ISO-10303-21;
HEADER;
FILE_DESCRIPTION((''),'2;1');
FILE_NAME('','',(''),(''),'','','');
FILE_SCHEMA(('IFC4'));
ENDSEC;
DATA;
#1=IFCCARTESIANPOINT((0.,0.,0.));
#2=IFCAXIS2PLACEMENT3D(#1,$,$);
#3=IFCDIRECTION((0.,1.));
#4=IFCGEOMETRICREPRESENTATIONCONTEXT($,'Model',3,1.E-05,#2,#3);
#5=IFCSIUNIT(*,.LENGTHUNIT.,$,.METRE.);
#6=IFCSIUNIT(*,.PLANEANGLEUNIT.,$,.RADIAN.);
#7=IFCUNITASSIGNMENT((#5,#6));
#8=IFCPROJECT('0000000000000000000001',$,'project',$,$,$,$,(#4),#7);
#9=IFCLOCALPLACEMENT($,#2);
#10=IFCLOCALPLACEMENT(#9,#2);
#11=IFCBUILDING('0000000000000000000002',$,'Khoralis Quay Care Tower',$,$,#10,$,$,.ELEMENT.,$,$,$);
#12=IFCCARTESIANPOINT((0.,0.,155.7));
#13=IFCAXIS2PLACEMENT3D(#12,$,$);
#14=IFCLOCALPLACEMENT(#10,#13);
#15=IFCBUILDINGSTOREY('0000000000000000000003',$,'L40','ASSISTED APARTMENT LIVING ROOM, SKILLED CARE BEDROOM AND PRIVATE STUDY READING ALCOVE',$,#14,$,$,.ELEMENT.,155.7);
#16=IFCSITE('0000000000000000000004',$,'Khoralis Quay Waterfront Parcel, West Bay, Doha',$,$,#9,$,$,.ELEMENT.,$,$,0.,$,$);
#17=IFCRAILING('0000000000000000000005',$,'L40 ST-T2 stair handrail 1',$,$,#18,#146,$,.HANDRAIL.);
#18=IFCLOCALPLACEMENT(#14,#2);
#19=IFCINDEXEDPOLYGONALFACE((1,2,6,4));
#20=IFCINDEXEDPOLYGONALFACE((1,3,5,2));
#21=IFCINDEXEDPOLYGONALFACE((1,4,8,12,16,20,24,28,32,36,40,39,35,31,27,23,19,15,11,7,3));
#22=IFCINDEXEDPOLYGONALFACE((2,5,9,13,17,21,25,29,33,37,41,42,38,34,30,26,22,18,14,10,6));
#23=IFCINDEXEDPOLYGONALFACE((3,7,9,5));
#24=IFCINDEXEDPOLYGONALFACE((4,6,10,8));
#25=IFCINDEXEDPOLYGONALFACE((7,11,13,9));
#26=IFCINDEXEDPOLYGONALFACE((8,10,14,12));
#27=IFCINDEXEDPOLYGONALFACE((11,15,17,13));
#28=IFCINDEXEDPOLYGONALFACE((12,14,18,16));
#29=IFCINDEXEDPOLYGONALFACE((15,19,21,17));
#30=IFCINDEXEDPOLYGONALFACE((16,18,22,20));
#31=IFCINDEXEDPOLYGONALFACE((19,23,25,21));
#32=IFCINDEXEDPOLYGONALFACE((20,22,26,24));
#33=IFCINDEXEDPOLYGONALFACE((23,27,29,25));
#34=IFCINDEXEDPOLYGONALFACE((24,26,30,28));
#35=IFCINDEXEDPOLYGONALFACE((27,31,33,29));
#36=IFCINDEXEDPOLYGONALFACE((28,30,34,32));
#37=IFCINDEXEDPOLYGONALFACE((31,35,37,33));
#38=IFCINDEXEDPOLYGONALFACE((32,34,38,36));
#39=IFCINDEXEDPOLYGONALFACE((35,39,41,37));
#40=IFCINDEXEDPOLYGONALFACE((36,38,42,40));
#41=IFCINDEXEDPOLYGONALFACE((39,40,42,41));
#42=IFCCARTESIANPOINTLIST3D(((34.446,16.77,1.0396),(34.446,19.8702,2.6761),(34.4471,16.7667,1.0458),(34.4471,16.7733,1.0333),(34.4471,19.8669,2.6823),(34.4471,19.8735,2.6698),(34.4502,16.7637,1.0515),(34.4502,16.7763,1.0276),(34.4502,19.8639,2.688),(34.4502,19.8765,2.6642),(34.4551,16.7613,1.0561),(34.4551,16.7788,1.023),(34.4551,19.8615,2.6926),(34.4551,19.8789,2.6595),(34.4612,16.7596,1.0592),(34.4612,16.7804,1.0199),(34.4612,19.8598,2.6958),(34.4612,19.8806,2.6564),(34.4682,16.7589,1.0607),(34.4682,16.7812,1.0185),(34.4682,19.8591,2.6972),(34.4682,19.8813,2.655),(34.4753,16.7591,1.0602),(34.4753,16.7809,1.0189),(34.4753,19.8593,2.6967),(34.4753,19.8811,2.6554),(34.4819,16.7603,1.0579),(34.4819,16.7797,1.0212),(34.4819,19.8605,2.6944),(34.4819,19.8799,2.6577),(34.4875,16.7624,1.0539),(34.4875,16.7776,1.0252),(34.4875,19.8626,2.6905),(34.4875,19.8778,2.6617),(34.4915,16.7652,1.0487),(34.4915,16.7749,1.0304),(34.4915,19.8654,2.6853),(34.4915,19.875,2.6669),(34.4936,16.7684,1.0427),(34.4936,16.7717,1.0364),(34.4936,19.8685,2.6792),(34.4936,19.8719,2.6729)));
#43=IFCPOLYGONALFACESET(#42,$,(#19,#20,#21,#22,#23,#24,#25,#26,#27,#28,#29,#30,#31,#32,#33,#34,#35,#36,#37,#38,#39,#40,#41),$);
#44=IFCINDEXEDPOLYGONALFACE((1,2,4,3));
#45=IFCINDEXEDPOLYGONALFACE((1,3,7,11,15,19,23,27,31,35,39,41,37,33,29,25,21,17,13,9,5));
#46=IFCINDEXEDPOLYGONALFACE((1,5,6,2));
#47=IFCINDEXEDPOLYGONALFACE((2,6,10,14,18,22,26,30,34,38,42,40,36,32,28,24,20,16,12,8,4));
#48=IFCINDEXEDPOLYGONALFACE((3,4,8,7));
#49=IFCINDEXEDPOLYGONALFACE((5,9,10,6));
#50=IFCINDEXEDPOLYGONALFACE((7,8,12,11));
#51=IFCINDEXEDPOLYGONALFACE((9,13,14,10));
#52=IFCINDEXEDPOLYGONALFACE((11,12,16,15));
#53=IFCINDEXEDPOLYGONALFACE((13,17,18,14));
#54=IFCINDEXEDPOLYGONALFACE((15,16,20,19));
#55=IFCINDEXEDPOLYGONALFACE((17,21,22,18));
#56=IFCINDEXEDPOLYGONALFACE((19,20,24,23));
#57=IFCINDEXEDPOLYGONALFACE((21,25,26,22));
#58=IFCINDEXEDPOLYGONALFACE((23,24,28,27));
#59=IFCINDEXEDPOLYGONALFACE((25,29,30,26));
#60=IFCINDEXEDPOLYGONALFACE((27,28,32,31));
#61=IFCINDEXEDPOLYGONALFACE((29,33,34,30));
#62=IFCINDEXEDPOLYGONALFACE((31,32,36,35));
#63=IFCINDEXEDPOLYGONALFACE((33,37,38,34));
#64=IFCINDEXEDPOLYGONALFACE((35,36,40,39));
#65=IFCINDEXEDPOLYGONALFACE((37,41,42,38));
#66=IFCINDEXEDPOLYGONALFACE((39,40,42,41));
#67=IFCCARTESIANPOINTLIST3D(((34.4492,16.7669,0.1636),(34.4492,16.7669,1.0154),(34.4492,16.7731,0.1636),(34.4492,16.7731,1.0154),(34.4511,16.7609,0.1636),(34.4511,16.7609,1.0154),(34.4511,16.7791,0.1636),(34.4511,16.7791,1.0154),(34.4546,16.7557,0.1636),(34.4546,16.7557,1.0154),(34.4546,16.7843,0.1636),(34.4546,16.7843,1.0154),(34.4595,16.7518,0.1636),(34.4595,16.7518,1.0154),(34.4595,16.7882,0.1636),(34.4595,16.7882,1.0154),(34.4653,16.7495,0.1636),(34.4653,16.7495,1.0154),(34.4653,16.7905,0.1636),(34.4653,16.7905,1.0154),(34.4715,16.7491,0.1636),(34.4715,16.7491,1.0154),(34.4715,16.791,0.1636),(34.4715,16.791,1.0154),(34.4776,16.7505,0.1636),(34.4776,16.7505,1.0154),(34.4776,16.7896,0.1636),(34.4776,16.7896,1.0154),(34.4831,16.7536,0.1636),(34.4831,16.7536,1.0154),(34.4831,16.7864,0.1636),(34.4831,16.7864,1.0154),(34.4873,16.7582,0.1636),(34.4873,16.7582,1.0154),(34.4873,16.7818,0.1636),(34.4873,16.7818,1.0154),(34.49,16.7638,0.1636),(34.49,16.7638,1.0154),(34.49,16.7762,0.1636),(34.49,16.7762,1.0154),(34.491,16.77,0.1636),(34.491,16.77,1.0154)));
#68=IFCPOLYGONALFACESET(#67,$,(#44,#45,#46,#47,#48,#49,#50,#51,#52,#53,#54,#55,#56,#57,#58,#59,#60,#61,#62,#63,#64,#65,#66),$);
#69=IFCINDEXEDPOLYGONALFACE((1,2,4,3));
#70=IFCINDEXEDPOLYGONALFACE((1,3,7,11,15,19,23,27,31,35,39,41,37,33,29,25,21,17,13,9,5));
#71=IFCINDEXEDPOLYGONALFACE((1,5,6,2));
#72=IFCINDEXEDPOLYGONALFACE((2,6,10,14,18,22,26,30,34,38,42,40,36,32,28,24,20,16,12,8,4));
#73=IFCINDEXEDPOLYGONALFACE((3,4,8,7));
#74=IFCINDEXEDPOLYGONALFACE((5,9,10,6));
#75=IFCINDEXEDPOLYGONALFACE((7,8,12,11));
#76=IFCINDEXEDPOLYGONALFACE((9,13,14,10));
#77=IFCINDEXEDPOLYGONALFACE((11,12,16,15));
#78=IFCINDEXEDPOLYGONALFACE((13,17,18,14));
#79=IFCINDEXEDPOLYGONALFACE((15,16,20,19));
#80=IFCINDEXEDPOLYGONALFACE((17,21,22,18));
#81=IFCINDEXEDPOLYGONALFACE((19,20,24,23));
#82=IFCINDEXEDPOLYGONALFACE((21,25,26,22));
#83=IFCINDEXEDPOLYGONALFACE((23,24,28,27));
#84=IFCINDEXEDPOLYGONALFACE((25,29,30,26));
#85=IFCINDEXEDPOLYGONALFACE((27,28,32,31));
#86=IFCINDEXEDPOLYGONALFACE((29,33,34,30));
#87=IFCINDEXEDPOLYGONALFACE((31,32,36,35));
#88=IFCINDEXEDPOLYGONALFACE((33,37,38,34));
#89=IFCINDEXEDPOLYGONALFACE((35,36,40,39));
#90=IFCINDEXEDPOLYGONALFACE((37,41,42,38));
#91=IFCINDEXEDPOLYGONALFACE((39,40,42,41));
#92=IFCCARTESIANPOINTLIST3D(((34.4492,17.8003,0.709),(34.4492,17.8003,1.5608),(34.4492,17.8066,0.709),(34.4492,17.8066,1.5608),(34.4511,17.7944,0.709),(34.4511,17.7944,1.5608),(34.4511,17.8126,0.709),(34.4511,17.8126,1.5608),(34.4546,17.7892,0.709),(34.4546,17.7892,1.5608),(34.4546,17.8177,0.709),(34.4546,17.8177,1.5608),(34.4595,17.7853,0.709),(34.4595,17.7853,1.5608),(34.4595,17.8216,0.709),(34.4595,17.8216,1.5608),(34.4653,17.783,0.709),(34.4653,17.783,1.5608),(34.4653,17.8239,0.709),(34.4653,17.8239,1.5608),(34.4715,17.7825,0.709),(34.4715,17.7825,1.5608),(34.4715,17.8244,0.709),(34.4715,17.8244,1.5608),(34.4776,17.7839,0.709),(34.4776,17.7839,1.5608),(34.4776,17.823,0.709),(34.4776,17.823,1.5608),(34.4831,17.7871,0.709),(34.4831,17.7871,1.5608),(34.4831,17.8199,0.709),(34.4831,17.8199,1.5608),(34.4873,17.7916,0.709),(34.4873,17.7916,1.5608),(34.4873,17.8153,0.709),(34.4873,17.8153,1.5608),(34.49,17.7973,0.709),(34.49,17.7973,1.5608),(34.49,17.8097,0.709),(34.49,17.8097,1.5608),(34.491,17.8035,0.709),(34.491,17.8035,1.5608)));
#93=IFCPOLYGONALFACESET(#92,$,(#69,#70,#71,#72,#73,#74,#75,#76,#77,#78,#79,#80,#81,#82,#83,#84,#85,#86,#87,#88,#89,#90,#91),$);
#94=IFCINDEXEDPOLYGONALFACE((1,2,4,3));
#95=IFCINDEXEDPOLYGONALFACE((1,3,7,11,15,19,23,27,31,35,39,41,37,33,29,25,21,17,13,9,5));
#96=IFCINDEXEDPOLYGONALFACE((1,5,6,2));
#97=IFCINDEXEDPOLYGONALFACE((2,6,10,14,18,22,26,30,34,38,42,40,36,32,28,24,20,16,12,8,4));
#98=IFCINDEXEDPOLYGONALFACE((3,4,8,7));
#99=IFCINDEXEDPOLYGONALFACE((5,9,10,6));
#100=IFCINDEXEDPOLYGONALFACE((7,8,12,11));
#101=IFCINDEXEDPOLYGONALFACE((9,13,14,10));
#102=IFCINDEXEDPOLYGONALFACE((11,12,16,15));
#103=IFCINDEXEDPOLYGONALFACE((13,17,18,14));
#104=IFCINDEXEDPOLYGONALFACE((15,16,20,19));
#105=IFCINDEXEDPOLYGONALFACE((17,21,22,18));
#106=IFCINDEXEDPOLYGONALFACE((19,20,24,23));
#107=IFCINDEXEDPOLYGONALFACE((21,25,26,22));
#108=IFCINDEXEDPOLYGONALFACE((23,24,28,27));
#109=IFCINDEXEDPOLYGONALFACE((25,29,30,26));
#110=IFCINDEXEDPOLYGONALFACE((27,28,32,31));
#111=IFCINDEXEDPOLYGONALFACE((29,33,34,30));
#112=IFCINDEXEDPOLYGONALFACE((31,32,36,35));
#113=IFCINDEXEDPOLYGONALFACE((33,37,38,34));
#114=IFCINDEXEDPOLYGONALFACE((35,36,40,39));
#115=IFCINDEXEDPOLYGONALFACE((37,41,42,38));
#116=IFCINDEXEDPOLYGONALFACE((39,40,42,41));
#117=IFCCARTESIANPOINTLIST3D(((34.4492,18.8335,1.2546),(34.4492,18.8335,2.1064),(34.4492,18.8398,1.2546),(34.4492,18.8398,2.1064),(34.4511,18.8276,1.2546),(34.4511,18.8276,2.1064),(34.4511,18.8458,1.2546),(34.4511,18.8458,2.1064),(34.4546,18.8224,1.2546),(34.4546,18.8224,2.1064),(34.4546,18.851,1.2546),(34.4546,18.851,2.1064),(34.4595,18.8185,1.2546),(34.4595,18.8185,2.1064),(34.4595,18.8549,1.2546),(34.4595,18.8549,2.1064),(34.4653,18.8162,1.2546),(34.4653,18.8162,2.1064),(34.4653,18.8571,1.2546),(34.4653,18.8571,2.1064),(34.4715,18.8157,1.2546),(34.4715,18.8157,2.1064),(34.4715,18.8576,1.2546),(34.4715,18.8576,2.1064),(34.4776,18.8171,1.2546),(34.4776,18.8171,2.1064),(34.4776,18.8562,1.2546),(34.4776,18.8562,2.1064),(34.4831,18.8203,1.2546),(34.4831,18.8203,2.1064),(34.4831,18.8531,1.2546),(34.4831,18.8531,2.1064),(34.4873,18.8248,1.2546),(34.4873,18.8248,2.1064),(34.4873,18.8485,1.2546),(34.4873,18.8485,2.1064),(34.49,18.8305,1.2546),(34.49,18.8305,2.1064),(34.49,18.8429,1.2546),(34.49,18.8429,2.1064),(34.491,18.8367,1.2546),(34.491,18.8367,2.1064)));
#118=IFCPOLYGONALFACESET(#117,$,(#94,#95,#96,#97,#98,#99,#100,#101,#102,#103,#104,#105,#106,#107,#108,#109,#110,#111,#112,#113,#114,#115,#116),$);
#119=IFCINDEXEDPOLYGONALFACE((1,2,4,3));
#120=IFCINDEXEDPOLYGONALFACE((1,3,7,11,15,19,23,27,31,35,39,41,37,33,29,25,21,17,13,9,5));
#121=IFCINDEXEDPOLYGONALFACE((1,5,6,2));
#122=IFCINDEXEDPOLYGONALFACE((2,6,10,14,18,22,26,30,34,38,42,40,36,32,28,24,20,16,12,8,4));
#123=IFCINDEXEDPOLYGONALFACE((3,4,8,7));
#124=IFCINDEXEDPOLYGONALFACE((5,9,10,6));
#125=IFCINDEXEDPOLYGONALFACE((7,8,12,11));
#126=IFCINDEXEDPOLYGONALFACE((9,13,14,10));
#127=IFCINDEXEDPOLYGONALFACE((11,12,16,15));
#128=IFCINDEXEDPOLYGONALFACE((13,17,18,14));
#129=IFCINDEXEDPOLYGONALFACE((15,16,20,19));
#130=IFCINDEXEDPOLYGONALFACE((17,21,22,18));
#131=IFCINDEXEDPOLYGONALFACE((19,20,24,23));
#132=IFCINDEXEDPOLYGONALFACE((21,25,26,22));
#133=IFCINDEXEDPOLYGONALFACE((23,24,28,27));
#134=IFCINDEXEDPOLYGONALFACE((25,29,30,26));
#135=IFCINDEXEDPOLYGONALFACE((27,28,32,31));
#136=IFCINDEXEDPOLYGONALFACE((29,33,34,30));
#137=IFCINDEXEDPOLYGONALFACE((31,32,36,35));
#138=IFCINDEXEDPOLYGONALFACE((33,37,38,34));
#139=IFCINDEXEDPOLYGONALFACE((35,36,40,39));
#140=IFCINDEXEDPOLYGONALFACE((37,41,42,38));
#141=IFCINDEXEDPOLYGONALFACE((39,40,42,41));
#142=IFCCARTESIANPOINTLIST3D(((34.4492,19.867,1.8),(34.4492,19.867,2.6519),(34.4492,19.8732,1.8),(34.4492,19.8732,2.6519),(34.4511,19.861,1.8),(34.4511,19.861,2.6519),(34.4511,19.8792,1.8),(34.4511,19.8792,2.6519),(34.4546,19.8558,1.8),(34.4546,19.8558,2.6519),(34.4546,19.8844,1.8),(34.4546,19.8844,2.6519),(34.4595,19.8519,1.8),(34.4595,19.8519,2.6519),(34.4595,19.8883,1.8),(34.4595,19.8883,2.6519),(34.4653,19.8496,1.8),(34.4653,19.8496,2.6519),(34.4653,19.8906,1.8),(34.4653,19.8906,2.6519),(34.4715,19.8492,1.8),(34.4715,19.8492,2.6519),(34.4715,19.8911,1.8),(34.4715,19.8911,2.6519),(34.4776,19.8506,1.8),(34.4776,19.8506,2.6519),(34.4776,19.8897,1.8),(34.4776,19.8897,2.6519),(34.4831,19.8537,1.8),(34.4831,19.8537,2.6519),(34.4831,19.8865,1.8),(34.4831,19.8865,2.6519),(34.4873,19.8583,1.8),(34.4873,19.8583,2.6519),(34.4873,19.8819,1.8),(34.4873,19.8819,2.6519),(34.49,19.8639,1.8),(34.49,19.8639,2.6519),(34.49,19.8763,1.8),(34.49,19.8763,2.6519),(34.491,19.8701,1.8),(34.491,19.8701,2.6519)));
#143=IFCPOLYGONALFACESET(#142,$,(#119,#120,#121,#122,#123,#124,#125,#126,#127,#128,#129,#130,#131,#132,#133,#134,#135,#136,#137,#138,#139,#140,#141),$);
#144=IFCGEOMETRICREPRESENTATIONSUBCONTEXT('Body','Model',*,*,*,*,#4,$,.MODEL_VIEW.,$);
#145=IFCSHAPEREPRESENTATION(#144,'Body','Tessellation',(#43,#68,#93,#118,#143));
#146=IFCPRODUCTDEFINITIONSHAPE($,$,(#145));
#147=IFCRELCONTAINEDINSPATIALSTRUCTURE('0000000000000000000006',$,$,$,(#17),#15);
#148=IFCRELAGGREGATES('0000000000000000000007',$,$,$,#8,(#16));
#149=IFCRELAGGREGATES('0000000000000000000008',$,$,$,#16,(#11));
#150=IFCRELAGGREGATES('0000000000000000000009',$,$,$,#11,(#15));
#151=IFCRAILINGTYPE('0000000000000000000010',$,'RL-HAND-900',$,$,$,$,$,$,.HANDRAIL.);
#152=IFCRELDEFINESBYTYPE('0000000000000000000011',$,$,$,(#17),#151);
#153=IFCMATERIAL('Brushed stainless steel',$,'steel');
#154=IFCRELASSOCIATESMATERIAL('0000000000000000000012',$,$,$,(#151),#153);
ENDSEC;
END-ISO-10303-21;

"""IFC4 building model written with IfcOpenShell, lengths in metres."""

from ifc_helpers import new_model, si_unit, direction, frame, origin, origin_2d, place, context, subcontext, project, spatial, circle, extrude, material, type_object, element, save


model = new_model("IFC4")

# Units and contexts
model_context = context("Model", 3, precision=1e-05, world=origin(), true_north=direction((0.0, 1.0)))
body_context = subcontext(model_context, "Body", "Model", "MODEL_VIEW")
ifc_project = project(units=[si_unit("LENGTHUNIT", "METRE"), si_unit("PLANEANGLEUNIT", "RADIAN")], contexts=[model_context])

# Site, building, storey
site_placement = place(None, origin())
site = spatial("IfcSite", under=ifc_project, at=site_placement, Name="Khoralis Quay Waterfront Parcel, West Bay, Doha", CompositionType="ELEMENT", RefElevation=0.0)
building_placement = place(site_placement, origin())
building = spatial("IfcBuilding", under=site, at=building_placement, Name="Khoralis Quay Care Tower", CompositionType="ELEMENT")
storey_placement = place(building_placement, frame((0.0, 0.0, 155.7)))
storey = spatial("IfcBuildingStorey", under=building, at=storey_placement, Name="L40", Description="ASSISTED APARTMENT LIVING ROOM, SKILLED CARE BEDROOM AND PRIVATE STUDY READING ALCOVE", CompositionType="ELEMENT", Elevation=155.7)

# Railing
ifc_material_1 = material(Name="Brushed stainless steel", Category="steel")
railing_type_1 = type_object("IfcRailingType", Name="RL-HAND-900", PredefinedType="HANDRAIL", material=ifc_material_1)
railing_1_placement = place(storey_placement, frame((34.47, 16.77, 0.1636)))
element("IfcRailing", 1, at=railing_1_placement, inside=storey, type_object=railing_type_1, Name="L40 ST-T2 stair handrail 1", PredefinedType="HANDRAIL", context=body_context, shape_type="SweptSolid", body=[
    extrude(circle(Radius=0.0239, at=origin_2d()), frame((0.0, 0.0, 0.876), z_axis=(0.0, 0.884348, 0.466828), x_axis=(-1.0, 0.0, 0.0)), (0.0, 0.0, 1.0), 3.5056),
    extrude(circle(Radius=0.021, at=origin_2d()), origin(), (0.0, 0.0, 1.0), 0.8518),
    extrude(circle(Radius=0.021, at=origin_2d()), frame((0.0, 1.0334, 0.5454)), (0.0, 0.0, 1.0), 0.8518),
    extrude(circle(Radius=0.021, at=origin_2d()), frame((0.0, 2.0667, 1.0911)), (0.0, 0.0, 1.0), 0.8518),
    extrude(circle(Radius=0.021, at=origin_2d()), frame((0.0, 3.1001, 1.6365)), (0.0, 0.0, 1.0), 0.8518),
])

save(model, "model.ifc")
